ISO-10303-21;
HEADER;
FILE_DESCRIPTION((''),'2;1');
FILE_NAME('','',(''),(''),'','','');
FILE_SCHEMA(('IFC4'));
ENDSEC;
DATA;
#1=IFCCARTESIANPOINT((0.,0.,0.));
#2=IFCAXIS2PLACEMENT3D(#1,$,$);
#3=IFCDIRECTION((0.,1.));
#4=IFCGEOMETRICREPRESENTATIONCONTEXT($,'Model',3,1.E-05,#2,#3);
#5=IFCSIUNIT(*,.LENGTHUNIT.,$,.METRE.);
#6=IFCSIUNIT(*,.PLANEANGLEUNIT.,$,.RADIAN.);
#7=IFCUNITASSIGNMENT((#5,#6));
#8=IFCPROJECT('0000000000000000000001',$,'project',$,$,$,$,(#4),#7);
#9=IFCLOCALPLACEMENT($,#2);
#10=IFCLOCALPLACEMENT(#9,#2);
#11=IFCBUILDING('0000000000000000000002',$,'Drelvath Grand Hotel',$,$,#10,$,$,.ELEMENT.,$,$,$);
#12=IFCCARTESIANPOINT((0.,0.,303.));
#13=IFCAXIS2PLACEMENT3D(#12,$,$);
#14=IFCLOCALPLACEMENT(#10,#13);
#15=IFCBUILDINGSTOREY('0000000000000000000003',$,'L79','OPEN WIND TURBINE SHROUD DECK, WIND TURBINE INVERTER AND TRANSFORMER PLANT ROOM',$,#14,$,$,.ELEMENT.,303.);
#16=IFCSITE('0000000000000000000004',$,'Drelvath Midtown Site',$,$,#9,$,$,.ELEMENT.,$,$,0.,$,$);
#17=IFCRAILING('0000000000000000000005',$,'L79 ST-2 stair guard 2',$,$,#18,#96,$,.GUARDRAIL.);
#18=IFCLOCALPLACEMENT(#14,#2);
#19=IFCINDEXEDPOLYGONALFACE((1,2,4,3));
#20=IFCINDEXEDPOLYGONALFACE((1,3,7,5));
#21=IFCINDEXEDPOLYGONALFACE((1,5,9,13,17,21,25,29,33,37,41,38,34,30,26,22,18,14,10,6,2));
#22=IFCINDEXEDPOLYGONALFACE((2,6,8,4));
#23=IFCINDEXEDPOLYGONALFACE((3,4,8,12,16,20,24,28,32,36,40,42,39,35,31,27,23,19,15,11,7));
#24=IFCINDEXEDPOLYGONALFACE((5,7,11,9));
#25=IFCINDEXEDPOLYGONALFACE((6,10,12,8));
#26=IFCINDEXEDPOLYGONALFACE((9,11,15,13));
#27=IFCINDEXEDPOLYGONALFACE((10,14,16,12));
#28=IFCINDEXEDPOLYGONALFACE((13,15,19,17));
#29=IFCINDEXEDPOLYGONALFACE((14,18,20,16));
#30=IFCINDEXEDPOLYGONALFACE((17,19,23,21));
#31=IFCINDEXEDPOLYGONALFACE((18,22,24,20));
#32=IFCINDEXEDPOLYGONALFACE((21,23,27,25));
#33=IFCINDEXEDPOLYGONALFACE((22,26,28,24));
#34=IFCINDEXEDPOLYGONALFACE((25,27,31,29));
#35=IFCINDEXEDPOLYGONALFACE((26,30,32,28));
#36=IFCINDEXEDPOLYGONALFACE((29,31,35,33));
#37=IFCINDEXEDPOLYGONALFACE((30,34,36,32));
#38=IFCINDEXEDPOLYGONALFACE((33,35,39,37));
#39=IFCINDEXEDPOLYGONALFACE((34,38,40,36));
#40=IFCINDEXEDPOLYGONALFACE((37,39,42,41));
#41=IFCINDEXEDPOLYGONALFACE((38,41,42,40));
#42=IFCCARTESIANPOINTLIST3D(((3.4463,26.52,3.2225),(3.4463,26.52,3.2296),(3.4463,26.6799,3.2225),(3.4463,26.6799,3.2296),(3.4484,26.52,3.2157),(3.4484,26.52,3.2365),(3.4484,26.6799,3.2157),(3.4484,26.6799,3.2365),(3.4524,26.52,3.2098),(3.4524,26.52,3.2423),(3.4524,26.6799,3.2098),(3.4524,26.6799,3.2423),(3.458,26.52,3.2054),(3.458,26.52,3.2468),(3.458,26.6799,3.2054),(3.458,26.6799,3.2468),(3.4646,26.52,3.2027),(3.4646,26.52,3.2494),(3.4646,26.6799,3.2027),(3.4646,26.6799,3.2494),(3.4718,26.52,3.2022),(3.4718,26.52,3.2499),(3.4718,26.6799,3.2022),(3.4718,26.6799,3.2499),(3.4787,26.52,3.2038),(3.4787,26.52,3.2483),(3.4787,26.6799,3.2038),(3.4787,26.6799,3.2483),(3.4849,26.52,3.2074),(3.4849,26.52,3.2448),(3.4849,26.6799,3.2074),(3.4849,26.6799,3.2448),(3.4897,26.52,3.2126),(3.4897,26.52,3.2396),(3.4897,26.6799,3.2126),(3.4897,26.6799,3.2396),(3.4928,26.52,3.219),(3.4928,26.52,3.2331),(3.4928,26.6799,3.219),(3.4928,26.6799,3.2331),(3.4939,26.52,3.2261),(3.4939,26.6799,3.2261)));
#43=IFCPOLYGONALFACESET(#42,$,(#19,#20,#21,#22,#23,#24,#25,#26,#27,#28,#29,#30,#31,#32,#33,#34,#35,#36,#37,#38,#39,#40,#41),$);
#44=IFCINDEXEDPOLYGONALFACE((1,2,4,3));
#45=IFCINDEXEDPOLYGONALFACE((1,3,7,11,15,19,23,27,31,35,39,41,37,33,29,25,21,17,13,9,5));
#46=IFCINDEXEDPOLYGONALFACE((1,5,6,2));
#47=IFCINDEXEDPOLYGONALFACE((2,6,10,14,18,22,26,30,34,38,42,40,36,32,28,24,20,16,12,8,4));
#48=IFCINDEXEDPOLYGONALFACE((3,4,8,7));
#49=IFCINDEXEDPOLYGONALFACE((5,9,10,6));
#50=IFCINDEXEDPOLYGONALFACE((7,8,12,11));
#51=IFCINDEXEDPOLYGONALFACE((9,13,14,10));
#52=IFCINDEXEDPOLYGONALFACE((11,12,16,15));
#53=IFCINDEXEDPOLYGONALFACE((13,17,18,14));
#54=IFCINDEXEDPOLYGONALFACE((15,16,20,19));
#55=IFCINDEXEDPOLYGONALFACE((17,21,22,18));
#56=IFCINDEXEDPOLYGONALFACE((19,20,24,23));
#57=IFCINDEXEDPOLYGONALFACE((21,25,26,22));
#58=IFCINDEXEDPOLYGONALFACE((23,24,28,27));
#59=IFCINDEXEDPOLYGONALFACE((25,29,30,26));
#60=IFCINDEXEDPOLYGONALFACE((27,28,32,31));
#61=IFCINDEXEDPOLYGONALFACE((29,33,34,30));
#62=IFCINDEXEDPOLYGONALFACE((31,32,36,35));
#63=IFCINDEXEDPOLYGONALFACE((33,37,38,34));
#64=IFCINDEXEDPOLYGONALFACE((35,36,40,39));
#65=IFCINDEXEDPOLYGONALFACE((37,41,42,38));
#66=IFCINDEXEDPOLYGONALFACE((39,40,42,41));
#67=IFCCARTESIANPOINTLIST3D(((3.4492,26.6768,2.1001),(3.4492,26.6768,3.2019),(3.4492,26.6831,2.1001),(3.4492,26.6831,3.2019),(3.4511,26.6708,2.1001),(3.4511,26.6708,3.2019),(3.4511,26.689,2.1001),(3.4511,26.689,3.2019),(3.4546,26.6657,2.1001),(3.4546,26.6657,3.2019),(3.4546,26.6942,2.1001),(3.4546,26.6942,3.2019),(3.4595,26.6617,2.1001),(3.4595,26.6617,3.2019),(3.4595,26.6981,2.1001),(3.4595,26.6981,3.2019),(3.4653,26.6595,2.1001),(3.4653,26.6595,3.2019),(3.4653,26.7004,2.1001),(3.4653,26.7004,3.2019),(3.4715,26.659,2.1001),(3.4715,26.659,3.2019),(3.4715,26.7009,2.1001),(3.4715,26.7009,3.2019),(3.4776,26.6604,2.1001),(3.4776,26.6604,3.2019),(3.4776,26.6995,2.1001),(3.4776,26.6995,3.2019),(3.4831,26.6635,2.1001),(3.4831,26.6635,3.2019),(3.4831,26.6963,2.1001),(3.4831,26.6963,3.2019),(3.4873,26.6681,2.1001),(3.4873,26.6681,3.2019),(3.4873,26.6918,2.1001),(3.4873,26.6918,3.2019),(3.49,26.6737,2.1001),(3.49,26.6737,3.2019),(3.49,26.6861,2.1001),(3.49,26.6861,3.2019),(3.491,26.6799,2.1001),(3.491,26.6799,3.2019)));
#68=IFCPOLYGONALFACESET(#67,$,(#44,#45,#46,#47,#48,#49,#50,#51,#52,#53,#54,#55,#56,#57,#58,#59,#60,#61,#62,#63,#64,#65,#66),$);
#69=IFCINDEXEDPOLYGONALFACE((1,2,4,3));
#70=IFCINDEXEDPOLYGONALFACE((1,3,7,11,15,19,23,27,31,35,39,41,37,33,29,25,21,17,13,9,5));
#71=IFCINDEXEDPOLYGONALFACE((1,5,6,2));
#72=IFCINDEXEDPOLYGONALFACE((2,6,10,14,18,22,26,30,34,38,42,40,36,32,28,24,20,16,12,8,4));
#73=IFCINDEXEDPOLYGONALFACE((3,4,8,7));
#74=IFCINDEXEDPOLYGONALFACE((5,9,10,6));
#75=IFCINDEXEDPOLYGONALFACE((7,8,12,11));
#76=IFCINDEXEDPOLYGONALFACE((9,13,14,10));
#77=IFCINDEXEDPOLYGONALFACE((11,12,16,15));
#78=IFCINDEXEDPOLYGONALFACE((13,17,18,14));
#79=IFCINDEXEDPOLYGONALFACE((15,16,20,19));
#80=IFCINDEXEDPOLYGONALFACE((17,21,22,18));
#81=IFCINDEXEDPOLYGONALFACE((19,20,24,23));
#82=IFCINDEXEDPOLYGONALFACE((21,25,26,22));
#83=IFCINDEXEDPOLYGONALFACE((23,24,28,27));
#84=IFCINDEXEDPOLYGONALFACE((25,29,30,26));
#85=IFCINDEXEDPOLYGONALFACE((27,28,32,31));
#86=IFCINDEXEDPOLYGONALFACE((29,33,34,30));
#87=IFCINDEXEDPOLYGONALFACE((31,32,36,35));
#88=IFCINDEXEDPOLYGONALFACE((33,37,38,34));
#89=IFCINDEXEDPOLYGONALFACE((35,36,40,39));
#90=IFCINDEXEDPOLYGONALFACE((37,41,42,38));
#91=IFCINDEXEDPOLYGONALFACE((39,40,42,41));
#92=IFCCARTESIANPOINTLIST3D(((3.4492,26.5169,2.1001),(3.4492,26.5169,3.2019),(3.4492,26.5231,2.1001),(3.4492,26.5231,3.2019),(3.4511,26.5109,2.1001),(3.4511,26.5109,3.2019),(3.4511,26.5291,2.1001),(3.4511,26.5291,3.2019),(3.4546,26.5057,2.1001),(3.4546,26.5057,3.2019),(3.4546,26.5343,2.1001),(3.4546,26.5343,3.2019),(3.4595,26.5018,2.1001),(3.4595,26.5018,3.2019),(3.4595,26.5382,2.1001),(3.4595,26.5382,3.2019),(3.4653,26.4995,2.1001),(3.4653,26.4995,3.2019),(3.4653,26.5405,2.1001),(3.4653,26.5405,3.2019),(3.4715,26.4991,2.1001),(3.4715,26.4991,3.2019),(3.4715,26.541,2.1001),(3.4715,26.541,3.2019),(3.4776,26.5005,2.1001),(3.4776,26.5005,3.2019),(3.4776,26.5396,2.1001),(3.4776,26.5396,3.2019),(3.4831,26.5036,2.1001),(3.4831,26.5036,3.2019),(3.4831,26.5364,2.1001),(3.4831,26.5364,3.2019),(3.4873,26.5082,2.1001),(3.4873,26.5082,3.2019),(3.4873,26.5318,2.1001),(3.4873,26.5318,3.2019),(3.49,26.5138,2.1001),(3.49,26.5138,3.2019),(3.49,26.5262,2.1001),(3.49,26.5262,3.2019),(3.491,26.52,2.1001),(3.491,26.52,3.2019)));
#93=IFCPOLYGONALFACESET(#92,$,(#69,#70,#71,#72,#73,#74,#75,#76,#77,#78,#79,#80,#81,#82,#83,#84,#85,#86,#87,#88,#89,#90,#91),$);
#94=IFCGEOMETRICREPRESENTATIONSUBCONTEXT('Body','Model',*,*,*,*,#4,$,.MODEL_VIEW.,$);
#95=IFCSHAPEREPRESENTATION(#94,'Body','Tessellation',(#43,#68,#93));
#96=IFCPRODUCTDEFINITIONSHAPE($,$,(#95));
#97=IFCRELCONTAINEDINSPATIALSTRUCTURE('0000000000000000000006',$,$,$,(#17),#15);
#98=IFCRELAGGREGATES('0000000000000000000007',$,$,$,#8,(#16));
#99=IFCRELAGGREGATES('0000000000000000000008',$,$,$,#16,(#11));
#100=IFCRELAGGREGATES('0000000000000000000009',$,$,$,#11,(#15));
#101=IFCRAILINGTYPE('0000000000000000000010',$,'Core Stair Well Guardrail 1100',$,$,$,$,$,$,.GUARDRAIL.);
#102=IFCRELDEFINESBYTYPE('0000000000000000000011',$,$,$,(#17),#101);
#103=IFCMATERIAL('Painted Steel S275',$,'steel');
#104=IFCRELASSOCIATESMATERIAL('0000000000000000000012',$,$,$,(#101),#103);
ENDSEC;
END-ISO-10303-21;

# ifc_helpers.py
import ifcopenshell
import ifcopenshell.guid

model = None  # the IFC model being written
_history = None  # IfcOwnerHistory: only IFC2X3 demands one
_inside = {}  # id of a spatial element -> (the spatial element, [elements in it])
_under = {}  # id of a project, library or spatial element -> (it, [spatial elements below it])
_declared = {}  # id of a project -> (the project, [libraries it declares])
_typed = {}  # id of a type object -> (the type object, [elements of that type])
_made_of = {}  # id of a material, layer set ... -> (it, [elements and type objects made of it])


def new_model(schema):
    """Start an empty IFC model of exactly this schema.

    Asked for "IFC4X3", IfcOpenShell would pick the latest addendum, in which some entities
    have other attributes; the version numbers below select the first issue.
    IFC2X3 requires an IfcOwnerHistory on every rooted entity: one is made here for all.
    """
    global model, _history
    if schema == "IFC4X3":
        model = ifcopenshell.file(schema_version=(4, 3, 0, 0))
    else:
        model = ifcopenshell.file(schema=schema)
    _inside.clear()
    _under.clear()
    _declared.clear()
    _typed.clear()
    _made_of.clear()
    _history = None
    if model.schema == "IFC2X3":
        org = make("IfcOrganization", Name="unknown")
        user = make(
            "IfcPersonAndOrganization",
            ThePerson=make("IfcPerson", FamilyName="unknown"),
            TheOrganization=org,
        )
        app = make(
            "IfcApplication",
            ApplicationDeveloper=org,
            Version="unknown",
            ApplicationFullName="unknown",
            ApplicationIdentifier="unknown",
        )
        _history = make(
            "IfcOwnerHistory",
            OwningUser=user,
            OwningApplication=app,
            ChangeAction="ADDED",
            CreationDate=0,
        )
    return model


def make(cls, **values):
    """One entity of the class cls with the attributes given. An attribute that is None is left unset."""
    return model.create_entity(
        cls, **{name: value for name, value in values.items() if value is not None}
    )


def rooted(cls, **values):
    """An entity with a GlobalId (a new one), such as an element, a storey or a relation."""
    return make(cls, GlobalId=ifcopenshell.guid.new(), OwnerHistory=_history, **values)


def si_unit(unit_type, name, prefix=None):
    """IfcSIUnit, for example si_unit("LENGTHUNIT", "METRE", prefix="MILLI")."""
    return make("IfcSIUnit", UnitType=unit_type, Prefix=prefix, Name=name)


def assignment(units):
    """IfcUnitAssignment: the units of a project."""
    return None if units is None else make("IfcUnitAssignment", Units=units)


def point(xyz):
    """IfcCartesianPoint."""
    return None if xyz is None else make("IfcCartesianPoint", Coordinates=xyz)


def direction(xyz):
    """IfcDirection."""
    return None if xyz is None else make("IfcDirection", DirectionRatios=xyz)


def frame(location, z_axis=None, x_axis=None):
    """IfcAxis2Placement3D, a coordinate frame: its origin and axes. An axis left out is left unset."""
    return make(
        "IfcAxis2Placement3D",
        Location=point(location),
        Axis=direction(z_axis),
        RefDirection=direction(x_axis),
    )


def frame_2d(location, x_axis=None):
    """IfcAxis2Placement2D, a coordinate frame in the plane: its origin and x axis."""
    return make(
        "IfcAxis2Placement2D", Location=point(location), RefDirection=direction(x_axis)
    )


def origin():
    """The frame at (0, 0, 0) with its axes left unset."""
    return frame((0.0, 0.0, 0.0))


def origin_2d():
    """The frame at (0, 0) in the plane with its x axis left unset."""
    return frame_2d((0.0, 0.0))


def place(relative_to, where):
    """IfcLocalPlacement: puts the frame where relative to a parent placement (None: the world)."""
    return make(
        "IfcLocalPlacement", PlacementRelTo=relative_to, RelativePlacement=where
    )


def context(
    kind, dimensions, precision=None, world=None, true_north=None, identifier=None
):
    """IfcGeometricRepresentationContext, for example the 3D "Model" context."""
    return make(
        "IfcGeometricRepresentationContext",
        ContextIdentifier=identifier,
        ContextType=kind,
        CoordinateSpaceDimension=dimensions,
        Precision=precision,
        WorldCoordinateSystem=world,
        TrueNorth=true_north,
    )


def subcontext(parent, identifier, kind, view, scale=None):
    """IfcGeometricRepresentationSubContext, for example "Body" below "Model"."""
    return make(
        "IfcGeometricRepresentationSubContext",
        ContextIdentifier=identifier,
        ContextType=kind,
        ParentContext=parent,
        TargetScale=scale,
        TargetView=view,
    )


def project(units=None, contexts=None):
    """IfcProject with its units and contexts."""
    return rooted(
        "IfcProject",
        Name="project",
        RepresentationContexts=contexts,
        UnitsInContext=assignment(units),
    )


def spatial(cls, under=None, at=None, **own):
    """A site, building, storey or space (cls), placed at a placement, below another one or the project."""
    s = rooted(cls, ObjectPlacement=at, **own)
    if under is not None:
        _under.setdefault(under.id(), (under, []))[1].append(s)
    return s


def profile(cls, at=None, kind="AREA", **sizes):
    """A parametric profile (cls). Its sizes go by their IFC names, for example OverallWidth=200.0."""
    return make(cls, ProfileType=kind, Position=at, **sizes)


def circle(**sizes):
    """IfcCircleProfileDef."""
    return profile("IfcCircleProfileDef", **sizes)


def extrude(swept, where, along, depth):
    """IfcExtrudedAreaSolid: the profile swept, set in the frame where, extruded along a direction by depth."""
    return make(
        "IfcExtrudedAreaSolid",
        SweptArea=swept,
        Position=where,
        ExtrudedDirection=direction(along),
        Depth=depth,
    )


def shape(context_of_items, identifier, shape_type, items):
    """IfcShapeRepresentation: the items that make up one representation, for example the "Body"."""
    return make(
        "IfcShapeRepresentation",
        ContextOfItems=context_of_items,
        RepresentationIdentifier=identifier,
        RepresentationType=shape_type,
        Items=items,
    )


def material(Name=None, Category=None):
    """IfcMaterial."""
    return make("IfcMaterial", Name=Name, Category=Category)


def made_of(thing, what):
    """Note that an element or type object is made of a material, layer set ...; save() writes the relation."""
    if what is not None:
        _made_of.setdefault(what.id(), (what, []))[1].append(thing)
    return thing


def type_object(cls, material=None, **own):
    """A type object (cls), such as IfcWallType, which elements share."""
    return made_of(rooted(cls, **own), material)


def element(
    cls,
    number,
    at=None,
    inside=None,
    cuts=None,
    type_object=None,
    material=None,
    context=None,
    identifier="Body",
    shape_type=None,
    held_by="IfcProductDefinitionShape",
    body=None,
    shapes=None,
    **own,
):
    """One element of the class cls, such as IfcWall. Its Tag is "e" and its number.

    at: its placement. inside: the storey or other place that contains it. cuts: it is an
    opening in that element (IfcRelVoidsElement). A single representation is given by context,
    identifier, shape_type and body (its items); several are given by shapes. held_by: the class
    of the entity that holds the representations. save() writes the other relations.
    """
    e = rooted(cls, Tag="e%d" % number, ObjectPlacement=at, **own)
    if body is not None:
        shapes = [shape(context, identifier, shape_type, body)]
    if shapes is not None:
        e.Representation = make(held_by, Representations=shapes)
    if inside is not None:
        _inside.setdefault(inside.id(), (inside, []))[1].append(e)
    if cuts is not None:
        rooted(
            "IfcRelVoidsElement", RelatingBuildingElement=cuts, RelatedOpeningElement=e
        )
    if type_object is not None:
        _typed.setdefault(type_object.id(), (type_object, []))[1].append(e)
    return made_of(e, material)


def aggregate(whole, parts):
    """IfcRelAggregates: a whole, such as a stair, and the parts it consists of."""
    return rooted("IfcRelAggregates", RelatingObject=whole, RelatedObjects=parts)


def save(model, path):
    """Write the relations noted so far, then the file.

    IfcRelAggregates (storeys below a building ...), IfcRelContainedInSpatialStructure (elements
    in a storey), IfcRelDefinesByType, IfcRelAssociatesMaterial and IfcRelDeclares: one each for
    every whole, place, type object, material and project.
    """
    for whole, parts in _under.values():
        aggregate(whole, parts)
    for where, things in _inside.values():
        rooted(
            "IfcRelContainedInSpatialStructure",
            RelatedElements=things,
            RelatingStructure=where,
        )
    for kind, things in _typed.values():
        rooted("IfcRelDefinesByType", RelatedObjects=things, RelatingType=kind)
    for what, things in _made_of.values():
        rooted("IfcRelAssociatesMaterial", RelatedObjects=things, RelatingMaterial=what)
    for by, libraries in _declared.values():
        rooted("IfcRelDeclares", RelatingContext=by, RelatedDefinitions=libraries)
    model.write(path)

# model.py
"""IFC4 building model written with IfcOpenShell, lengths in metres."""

from ifc_helpers import new_model, si_unit, direction, frame, origin, origin_2d, place, context, subcontext, project, spatial, circle, extrude, material, type_object, element, save


model = new_model("IFC4")

# Units and contexts
model_context = context("Model", 3, precision=1e-05, world=origin(), true_north=direction((0.0, 1.0)))
body_context = subcontext(model_context, "Body", "Model", "MODEL_VIEW")
ifc_project = project(units=[si_unit("LENGTHUNIT", "METRE"), si_unit("PLANEANGLEUNIT", "RADIAN")], contexts=[model_context])

# Site, building, storey
site_placement = place(None, origin())
site = spatial("IfcSite", under=ifc_project, at=site_placement, Name="Drelvath Midtown Site", CompositionType="ELEMENT", RefElevation=0.0)
building_placement = place(site_placement, origin())
building = spatial("IfcBuilding", under=site, at=building_placement, Name="Drelvath Grand Hotel", CompositionType="ELEMENT")
storey_placement = place(building_placement, frame((0.0, 0.0, 303.0)))
storey = spatial("IfcBuildingStorey", under=building, at=storey_placement, Name="L79", Description="OPEN WIND TURBINE SHROUD DECK, WIND TURBINE INVERTER AND TRANSFORMER PLANT ROOM", CompositionType="ELEMENT", Elevation=303.0)

# Shared definitions
ifc_material_1 = material(Name="Painted Steel S275", Category="steel")

# Railing
railing_type_1 = type_object("IfcRailingType", Name="Core Stair Well Guardrail 1100", PredefinedType="GUARDRAIL", material=ifc_material_1)
railing_1_placement = place(storey_placement, frame((3.47, 26.6799, 2.1001)))
element("IfcRailing", 1, at=railing_1_placement, inside=storey, type_object=railing_type_1, Name="L79 ST-2 stair guard 2", PredefinedType="GUARDRAIL", context=body_context, shape_type="SweptSolid", body=[
    extrude(circle(Radius=0.0239, at=origin_2d()), frame((0.0, 0.0, 1.126), z_axis=(0.0, -1.0, 0.0), x_axis=(1.0, 0.0, 0.0)), (0.0, 0.0, 1.0), 0.1599),
    extrude(circle(Radius=0.021, at=origin_2d()), origin(), (0.0, 0.0, 1.0), 1.1018),
    extrude(circle(Radius=0.021, at=origin_2d()), frame((0.0, -0.1599, 0.0)), (0.0, 0.0, 1.0), 1.1018),
])

save(model, "model.ifc")
